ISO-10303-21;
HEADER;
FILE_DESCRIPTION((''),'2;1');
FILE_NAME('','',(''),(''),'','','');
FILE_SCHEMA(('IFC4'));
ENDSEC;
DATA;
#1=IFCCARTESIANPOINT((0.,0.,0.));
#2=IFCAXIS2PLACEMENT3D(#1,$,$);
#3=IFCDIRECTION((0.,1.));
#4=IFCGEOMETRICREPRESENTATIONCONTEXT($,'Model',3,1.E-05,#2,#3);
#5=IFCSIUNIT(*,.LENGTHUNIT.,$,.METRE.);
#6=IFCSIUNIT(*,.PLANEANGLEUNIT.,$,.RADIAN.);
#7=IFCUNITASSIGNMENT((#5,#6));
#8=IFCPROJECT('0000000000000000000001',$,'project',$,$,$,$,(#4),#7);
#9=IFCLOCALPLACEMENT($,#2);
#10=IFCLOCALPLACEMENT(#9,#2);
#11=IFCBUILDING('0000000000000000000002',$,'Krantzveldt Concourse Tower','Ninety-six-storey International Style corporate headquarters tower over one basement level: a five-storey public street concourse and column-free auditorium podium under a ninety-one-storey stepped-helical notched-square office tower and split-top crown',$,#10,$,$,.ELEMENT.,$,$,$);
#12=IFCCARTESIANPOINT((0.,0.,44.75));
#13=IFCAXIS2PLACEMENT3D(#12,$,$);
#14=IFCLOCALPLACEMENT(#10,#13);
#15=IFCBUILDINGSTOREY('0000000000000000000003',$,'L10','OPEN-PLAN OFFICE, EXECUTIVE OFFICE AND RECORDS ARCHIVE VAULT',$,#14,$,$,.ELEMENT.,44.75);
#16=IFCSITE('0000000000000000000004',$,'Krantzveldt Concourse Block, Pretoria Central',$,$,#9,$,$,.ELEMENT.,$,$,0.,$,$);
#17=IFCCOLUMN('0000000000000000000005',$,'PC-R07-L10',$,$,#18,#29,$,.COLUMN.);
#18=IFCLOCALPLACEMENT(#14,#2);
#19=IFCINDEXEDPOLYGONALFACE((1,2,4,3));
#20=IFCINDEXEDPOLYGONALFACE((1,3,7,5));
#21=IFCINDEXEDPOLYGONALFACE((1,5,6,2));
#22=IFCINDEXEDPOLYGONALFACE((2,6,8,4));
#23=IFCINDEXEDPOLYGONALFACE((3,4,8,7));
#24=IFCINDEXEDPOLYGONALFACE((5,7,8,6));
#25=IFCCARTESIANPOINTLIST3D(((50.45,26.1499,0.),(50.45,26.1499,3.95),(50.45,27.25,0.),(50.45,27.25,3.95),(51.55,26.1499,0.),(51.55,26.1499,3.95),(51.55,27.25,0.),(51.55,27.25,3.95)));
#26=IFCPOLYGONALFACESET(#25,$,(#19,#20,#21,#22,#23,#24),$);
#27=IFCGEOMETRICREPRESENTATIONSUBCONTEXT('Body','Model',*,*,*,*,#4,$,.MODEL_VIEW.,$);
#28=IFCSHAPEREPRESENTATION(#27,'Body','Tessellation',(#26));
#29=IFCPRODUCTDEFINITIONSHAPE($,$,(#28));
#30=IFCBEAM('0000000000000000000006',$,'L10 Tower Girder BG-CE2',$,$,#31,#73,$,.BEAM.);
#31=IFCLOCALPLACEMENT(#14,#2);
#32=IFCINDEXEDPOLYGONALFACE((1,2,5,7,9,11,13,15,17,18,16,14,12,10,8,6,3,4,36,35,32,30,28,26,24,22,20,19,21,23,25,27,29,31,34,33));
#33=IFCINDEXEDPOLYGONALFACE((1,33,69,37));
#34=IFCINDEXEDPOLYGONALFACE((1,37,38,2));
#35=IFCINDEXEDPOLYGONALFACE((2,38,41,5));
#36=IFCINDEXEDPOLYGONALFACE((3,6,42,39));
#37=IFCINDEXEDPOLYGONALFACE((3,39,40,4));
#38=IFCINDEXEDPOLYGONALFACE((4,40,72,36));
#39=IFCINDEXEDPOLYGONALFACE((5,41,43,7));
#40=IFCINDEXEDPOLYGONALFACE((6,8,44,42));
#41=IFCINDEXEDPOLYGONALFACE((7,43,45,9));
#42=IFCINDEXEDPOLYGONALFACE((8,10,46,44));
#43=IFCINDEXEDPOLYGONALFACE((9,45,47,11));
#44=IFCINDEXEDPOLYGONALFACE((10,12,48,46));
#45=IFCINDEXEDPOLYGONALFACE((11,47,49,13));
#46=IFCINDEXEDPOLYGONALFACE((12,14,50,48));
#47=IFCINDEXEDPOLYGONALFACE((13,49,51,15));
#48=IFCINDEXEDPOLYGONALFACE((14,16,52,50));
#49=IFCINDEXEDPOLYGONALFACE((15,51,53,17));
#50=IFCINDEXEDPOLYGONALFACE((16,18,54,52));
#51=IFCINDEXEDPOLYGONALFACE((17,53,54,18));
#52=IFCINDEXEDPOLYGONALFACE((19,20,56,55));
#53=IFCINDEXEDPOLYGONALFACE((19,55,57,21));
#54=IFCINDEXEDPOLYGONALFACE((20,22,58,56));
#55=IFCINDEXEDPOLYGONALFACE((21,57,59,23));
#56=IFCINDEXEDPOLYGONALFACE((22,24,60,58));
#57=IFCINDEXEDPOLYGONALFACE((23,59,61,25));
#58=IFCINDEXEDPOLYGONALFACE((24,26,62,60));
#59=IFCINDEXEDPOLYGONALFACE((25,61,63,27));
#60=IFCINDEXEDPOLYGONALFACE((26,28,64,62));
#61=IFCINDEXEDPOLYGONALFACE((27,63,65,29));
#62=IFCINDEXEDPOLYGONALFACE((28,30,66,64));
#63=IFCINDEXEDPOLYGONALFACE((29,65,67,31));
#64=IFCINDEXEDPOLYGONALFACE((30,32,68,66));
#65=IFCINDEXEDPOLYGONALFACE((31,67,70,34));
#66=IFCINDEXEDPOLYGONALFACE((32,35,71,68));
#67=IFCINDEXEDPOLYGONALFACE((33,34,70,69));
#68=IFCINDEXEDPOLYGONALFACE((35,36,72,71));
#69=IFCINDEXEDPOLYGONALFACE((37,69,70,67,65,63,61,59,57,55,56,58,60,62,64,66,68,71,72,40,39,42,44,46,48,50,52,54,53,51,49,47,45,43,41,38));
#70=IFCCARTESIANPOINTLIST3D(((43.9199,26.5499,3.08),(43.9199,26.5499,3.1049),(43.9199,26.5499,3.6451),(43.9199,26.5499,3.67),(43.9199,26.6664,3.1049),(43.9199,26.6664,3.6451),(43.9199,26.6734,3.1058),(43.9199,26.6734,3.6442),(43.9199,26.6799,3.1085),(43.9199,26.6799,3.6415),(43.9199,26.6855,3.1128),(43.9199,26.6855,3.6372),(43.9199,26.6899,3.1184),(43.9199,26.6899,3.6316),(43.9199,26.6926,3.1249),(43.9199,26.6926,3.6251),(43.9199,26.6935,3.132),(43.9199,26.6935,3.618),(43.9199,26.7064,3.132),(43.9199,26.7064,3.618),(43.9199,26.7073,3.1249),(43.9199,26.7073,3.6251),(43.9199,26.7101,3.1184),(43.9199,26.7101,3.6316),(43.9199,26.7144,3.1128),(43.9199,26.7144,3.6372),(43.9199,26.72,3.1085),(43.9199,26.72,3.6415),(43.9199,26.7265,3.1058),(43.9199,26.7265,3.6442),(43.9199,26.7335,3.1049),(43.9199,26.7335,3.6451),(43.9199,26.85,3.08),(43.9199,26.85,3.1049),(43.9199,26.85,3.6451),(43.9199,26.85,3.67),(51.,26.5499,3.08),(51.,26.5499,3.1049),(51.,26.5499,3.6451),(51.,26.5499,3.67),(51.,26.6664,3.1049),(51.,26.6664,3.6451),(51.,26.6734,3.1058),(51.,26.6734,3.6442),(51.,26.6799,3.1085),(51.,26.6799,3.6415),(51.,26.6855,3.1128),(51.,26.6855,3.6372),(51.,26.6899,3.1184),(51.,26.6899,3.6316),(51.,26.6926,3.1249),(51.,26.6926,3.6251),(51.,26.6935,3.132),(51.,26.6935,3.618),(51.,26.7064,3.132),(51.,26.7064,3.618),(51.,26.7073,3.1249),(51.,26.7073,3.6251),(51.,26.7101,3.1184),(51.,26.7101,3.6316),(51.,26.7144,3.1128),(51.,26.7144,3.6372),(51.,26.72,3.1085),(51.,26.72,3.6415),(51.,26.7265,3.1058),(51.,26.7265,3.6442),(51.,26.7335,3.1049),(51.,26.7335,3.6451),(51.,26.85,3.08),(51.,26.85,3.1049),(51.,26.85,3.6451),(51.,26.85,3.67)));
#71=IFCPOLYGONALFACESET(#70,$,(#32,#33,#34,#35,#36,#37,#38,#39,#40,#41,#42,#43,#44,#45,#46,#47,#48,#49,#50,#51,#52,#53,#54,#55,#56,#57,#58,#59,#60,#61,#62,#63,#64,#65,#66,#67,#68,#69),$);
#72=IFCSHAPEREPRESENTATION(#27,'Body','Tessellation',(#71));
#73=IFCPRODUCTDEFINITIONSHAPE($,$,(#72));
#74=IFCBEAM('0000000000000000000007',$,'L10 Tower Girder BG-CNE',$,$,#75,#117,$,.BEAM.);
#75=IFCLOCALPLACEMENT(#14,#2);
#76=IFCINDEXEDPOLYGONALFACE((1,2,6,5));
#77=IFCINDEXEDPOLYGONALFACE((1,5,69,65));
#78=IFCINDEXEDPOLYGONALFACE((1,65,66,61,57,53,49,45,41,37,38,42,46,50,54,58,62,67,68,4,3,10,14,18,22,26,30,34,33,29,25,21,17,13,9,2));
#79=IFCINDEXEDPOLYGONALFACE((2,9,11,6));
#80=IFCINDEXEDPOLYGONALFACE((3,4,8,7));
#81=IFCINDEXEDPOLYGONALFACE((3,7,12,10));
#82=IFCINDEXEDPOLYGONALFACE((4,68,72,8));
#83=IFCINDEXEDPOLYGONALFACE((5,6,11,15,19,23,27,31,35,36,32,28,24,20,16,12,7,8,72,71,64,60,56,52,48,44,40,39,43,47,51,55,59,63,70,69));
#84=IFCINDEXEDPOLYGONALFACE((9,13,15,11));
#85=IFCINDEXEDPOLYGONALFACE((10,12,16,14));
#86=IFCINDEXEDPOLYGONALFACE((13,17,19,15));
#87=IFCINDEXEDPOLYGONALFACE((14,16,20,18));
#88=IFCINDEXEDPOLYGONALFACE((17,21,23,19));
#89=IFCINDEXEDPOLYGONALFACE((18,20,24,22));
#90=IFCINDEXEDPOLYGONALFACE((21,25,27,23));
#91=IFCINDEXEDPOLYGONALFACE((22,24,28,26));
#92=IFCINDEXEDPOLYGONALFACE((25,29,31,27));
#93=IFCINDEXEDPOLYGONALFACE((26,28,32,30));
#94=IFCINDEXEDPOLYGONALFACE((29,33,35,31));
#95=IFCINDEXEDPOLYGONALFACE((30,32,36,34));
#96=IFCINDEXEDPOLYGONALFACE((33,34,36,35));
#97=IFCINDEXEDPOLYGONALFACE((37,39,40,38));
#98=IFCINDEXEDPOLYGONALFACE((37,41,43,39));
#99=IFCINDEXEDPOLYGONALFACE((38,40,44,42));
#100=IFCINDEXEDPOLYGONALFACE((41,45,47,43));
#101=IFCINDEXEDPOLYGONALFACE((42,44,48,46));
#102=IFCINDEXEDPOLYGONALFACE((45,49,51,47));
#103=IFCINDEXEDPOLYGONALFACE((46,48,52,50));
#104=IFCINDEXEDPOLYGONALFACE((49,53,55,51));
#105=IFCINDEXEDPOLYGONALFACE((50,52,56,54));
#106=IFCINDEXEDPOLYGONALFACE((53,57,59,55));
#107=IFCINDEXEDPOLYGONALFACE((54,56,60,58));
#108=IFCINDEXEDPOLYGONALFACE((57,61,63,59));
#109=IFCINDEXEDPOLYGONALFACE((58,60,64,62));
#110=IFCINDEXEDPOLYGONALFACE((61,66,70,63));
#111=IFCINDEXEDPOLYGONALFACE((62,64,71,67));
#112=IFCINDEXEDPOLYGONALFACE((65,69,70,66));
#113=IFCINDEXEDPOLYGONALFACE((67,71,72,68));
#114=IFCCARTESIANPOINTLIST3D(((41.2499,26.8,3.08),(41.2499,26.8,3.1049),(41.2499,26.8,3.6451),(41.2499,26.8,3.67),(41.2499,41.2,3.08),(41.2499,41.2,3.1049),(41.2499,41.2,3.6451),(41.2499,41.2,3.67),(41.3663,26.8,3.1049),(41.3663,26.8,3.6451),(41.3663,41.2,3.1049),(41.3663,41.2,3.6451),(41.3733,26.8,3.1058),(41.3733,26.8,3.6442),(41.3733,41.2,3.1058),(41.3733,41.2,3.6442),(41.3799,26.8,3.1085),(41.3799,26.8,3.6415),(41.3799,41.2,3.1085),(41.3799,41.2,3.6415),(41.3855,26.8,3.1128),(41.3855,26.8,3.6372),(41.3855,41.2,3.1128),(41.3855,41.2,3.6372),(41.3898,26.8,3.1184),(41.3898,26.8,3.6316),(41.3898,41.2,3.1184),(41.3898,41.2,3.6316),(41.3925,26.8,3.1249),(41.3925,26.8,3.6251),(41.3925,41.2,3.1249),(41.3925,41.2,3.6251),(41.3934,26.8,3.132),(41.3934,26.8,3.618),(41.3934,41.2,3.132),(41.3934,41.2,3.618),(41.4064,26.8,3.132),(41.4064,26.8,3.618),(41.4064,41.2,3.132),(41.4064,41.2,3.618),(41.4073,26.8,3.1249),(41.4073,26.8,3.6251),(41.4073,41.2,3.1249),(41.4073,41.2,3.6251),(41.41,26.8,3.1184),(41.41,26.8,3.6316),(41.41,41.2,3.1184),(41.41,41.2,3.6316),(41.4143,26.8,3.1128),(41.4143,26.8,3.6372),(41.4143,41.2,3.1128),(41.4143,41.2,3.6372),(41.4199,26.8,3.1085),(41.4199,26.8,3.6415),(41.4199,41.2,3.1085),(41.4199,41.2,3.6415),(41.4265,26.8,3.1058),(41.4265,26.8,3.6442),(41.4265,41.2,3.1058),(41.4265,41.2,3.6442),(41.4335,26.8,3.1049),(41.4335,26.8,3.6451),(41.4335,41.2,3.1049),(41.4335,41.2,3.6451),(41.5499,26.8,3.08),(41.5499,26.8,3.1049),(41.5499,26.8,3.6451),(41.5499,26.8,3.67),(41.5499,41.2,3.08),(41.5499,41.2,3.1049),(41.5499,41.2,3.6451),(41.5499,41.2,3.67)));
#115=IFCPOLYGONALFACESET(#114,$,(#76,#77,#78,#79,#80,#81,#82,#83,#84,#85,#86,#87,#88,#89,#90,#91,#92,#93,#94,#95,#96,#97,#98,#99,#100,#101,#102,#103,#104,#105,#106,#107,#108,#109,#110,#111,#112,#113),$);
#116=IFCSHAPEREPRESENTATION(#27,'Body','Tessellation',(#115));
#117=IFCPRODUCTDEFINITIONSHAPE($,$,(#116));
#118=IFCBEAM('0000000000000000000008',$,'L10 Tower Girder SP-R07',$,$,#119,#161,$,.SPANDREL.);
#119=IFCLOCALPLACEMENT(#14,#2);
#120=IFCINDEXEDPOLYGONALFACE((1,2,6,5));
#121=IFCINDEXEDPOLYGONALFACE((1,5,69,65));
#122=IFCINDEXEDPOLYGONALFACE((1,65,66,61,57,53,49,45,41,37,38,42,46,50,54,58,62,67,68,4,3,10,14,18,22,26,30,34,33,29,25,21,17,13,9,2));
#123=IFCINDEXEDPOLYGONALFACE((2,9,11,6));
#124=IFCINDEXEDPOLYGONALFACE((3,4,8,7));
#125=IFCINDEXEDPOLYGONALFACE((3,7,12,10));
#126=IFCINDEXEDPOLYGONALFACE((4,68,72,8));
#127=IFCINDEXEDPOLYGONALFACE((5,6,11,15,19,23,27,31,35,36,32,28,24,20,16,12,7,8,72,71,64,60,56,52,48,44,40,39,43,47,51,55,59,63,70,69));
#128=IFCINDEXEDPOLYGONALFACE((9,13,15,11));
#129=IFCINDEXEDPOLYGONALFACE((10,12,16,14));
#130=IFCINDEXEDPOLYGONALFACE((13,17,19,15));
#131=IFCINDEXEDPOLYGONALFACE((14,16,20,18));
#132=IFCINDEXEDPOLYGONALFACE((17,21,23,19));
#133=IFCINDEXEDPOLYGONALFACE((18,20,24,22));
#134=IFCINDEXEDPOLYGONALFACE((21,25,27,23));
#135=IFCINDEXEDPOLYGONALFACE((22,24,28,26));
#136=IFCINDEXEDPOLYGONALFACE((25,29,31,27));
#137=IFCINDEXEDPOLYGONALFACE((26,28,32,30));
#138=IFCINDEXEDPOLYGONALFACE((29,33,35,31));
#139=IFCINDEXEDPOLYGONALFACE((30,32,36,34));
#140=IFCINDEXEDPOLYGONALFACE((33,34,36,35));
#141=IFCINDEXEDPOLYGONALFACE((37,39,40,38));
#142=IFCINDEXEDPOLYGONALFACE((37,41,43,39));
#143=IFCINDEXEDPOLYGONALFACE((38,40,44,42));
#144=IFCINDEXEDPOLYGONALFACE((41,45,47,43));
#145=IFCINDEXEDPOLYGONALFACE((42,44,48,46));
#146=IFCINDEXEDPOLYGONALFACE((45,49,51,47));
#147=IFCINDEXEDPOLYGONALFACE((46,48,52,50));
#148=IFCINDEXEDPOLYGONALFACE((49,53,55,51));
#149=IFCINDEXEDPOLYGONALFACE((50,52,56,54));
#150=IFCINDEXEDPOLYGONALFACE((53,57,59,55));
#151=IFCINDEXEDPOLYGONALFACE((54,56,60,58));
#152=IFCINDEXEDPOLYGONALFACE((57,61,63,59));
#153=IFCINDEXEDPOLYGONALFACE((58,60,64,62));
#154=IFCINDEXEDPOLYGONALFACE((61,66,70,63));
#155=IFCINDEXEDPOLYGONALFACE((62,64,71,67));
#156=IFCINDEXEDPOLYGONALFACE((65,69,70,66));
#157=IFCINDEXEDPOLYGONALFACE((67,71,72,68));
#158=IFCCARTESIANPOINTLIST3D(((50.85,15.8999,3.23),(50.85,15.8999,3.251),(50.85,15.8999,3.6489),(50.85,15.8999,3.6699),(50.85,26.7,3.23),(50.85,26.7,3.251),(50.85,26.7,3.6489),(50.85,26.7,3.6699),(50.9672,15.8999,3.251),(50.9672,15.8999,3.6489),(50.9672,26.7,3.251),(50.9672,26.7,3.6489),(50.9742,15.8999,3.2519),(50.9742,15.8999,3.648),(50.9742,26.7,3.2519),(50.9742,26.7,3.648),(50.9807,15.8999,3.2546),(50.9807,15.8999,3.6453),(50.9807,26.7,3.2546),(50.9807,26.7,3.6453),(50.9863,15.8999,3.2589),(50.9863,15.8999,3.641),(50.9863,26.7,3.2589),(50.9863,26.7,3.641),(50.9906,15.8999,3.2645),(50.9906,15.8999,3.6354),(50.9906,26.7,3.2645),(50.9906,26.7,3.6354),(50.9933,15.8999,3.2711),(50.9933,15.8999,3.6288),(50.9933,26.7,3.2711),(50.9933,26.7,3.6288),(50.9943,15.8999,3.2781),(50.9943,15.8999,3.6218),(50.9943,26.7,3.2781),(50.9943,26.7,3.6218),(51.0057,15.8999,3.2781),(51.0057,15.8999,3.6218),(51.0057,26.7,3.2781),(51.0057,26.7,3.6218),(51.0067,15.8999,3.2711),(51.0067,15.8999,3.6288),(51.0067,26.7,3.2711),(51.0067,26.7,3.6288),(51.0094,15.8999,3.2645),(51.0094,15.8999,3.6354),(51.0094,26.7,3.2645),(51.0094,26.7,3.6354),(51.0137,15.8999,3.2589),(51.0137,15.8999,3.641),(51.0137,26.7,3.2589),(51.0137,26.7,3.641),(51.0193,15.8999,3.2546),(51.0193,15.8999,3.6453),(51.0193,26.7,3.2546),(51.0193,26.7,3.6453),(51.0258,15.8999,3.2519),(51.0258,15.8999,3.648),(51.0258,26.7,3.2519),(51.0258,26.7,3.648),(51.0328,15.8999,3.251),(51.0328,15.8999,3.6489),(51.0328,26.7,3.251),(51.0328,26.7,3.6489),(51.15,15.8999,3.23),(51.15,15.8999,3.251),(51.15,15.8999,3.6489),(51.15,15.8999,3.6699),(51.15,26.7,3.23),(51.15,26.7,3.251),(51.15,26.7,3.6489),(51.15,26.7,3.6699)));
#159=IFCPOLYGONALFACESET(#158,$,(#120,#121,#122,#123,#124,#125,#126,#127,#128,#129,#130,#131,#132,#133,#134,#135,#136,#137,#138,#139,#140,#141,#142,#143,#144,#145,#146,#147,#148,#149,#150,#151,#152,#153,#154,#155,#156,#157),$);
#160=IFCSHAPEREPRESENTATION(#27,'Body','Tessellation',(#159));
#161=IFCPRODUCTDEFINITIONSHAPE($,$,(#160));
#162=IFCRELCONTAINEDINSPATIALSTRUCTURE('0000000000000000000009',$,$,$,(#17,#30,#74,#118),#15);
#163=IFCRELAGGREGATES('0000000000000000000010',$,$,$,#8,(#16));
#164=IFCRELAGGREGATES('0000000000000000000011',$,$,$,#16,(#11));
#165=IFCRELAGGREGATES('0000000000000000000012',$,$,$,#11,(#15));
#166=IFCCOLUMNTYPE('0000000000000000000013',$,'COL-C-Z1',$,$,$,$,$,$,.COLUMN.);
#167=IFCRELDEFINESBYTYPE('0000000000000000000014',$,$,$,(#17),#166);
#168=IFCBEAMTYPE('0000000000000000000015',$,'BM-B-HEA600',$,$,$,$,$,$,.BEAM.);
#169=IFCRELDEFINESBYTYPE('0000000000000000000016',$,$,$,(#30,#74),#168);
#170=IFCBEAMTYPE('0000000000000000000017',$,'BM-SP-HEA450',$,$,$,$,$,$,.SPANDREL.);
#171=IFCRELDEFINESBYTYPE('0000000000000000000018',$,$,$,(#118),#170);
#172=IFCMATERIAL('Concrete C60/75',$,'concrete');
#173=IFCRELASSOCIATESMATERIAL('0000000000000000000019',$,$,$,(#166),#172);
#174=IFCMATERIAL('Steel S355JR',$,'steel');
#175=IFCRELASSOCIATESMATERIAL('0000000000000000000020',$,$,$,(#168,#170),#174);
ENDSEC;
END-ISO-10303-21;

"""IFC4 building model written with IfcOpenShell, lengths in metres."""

from ifc_helpers import new_model, si_unit, direction, frame, origin, origin_2d, place, context, subcontext, project, spatial, rectangle, i_section, extrude, source, transform, mapped, material, material_profile, profile_set, type_object, type_shapes, element, save


model = new_model("IFC4")

# Units and contexts
model_context = context("Model", 3, precision=1e-05, world=origin(), true_north=direction((0.0, 1.0)))
body_context = subcontext(model_context, "Body", "Model", "MODEL_VIEW")
ifc_project = project(units=[si_unit("LENGTHUNIT", "METRE"), si_unit("PLANEANGLEUNIT", "RADIAN")], contexts=[model_context])

# Site, building, storey
site_placement = place(None, origin())
site = spatial("IfcSite", under=ifc_project, at=site_placement, Name="Krantzveldt Concourse Block, Pretoria Central", CompositionType="ELEMENT", RefElevation=0.0)
building_placement = place(site_placement, origin())
building = spatial("IfcBuilding", under=site, at=building_placement, Name="Krantzveldt Concourse Tower", Description="Ninety-six-storey International Style corporate headquarters tower over one basement level: a five-storey public street concourse and column-free auditorium podium under a ninety-one-storey stepped-helical notched-square office tower and split-top crown", CompositionType="ELEMENT")
storey_placement = place(building_placement, frame((0.0, 0.0, 44.75)))
storey = spatial("IfcBuildingStorey", under=building, at=storey_placement, Name="L10", Description="OPEN-PLAN OFFICE, EXECUTIVE OFFICE AND RECORDS ARCHIVE VAULT", CompositionType="ELEMENT", Elevation=44.75)

# Column
ifc_material_1 = material(Name="Concrete C60/75", Category="concrete")
ifc_material_profile_1 = material_profile(ifc_material_1, rectangle(XDim=1.1001, YDim=1.1001, at=origin_2d()), Name="Concrete C60/75", Category="concrete")
ifc_profile_set_1 = profile_set([ifc_material_profile_1], Name="Concrete C60/75 - RC 1100x1100")
column_type = type_object("IfcColumnType", Name="COL-C-Z1", PredefinedType="COLUMN", material=ifc_profile_set_1)
shared_shape_1 = source(origin(), body_context, "Body", "SweptSolid", [
    extrude(rectangle(XDim=1.1001, YDim=1.1001, at=origin_2d()), origin(), (0.0, 0.0, 1.0), 3.95),
])
type_shapes(column_type, [shared_shape_1])
column_placement = place(storey_placement, frame((51.0, 26.7, 0.0), z_axis=(0.0, 0.0, 1.0), x_axis=(1.0, 0.0, 0.0)))
element("IfcColumn", 1, at=column_placement, inside=storey, type_object=column_type, Name="PC-R07-L10", PredefinedType="COLUMN", context=body_context, shape_type="MappedRepresentation", body=[
    mapped(shared_shape_1, transform((0.0, 0.0, 0.0), x_axis=(1.0, 0.0, 0.0), y_axis=(0.0, 1.0, 0.0), z_axis=(0.0, 0.0, 1.0), scale=1.0)),
])

# Beams
ifc_material_2 = material(Name="Steel S355JR", Category="steel")
ifc_material_profile_2 = material_profile(ifc_material_2, i_section(OverallWidth=0.3, OverallDepth=0.5901, WebThickness=0.0129, FlangeThickness=0.0249, FilletRadius=0.0271, at=origin_2d()), Name="Steel S355JR", Category="steel")
ifc_profile_set_2 = profile_set([ifc_material_profile_2], Name="Steel S355JR - HEA 600")
beam_type_1 = type_object("IfcBeamType", Name="BM-B-HEA600", PredefinedType="BEAM", material=ifc_profile_set_2)
shared_shape_2 = source(origin(), body_context, "Body", "SweptSolid", [
    extrude(i_section(OverallWidth=0.3, OverallDepth=0.5901, WebThickness=0.0129, FlangeThickness=0.0249, FilletRadius=0.0271, at=origin_2d()), origin(), (0.0, 0.0, 1.0), 7.0801),
])
beam_1_placement = place(storey_placement, frame((43.9199, 26.7, 3.375), z_axis=(1.0, 0.0, 0.0), x_axis=(0.0, 1.0, 0.0)))
element("IfcBeam", 2, at=beam_1_placement, inside=storey, type_object=beam_type_1, Name="L10 Tower Girder BG-CE2", PredefinedType="BEAM", context=body_context, shape_type="MappedRepresentation", body=[
    mapped(shared_shape_2, transform((0.0, 0.0, 0.0), x_axis=(1.0, 0.0, 0.0), y_axis=(0.0, 1.0, 0.0), z_axis=(0.0, 0.0, 1.0), scale=1.0)),
])
shared_shape_3 = source(origin(), body_context, "Body", "SweptSolid", [
    extrude(i_section(OverallWidth=0.3, OverallDepth=0.5901, WebThickness=0.0129, FlangeThickness=0.0249, FilletRadius=0.0271, at=origin_2d()), origin(), (0.0, 0.0, 1.0), 14.3999),
])
type_shapes(beam_type_1, [shared_shape_2, shared_shape_3])
beam_2_placement = place(storey_placement, frame((41.3999, 26.8, 3.375), z_axis=(0.0, 1.0, 0.0), x_axis=(-1.0, 0.0, 0.0)))
element("IfcBeam", 3, at=beam_2_placement, inside=storey, type_object=beam_type_1, Name="L10 Tower Girder BG-CNE", PredefinedType="BEAM", context=body_context, shape_type="MappedRepresentation", body=[
    mapped(shared_shape_3, transform((0.0, 0.0, 0.0), x_axis=(1.0, 0.0, 0.0), y_axis=(0.0, 1.0, 0.0), z_axis=(0.0, 0.0, 1.0), scale=1.0)),
])
ifc_material_profile_3 = material_profile(ifc_material_2, i_section(OverallWidth=0.3, OverallDepth=0.4399, WebThickness=0.0115, FlangeThickness=0.021, FilletRadius=0.0271, at=origin_2d()), Name="Steel S355JR", Category="steel")
ifc_profile_set_3 = profile_set([ifc_material_profile_3], Name="Steel S355JR - HEA 450")
beam_type_2 = type_object("IfcBeamType", Name="BM-SP-HEA450", PredefinedType="SPANDREL", material=ifc_profile_set_3)
shared_shape_4 = source(origin(), body_context, "Body", "SweptSolid", [
    extrude(i_section(OverallWidth=0.3, OverallDepth=0.4399, WebThickness=0.0115, FlangeThickness=0.021, FilletRadius=0.0271, at=origin_2d()), origin(), (0.0, 0.0, 1.0), 10.8),
])
type_shapes(beam_type_2, [shared_shape_4])
beam_3_placement = place(storey_placement, frame((51.0, 26.7, 3.45), z_axis=(0.0, -1.0, 0.0), x_axis=(1.0, 0.0, 0.0)))
element("IfcBeam", 4, at=beam_3_placement, inside=storey, type_object=beam_type_2, Name="L10 Tower Girder SP-R07", PredefinedType="SPANDREL", context=body_context, shape_type="MappedRepresentation", body=[
    mapped(shared_shape_4, transform((0.0, 0.0, 0.0), x_axis=(1.0, 0.0, 0.0), y_axis=(0.0, 1.0, 0.0), z_axis=(0.0, 0.0, 1.0), scale=1.0)),
])

save(model, "model.ifc")
